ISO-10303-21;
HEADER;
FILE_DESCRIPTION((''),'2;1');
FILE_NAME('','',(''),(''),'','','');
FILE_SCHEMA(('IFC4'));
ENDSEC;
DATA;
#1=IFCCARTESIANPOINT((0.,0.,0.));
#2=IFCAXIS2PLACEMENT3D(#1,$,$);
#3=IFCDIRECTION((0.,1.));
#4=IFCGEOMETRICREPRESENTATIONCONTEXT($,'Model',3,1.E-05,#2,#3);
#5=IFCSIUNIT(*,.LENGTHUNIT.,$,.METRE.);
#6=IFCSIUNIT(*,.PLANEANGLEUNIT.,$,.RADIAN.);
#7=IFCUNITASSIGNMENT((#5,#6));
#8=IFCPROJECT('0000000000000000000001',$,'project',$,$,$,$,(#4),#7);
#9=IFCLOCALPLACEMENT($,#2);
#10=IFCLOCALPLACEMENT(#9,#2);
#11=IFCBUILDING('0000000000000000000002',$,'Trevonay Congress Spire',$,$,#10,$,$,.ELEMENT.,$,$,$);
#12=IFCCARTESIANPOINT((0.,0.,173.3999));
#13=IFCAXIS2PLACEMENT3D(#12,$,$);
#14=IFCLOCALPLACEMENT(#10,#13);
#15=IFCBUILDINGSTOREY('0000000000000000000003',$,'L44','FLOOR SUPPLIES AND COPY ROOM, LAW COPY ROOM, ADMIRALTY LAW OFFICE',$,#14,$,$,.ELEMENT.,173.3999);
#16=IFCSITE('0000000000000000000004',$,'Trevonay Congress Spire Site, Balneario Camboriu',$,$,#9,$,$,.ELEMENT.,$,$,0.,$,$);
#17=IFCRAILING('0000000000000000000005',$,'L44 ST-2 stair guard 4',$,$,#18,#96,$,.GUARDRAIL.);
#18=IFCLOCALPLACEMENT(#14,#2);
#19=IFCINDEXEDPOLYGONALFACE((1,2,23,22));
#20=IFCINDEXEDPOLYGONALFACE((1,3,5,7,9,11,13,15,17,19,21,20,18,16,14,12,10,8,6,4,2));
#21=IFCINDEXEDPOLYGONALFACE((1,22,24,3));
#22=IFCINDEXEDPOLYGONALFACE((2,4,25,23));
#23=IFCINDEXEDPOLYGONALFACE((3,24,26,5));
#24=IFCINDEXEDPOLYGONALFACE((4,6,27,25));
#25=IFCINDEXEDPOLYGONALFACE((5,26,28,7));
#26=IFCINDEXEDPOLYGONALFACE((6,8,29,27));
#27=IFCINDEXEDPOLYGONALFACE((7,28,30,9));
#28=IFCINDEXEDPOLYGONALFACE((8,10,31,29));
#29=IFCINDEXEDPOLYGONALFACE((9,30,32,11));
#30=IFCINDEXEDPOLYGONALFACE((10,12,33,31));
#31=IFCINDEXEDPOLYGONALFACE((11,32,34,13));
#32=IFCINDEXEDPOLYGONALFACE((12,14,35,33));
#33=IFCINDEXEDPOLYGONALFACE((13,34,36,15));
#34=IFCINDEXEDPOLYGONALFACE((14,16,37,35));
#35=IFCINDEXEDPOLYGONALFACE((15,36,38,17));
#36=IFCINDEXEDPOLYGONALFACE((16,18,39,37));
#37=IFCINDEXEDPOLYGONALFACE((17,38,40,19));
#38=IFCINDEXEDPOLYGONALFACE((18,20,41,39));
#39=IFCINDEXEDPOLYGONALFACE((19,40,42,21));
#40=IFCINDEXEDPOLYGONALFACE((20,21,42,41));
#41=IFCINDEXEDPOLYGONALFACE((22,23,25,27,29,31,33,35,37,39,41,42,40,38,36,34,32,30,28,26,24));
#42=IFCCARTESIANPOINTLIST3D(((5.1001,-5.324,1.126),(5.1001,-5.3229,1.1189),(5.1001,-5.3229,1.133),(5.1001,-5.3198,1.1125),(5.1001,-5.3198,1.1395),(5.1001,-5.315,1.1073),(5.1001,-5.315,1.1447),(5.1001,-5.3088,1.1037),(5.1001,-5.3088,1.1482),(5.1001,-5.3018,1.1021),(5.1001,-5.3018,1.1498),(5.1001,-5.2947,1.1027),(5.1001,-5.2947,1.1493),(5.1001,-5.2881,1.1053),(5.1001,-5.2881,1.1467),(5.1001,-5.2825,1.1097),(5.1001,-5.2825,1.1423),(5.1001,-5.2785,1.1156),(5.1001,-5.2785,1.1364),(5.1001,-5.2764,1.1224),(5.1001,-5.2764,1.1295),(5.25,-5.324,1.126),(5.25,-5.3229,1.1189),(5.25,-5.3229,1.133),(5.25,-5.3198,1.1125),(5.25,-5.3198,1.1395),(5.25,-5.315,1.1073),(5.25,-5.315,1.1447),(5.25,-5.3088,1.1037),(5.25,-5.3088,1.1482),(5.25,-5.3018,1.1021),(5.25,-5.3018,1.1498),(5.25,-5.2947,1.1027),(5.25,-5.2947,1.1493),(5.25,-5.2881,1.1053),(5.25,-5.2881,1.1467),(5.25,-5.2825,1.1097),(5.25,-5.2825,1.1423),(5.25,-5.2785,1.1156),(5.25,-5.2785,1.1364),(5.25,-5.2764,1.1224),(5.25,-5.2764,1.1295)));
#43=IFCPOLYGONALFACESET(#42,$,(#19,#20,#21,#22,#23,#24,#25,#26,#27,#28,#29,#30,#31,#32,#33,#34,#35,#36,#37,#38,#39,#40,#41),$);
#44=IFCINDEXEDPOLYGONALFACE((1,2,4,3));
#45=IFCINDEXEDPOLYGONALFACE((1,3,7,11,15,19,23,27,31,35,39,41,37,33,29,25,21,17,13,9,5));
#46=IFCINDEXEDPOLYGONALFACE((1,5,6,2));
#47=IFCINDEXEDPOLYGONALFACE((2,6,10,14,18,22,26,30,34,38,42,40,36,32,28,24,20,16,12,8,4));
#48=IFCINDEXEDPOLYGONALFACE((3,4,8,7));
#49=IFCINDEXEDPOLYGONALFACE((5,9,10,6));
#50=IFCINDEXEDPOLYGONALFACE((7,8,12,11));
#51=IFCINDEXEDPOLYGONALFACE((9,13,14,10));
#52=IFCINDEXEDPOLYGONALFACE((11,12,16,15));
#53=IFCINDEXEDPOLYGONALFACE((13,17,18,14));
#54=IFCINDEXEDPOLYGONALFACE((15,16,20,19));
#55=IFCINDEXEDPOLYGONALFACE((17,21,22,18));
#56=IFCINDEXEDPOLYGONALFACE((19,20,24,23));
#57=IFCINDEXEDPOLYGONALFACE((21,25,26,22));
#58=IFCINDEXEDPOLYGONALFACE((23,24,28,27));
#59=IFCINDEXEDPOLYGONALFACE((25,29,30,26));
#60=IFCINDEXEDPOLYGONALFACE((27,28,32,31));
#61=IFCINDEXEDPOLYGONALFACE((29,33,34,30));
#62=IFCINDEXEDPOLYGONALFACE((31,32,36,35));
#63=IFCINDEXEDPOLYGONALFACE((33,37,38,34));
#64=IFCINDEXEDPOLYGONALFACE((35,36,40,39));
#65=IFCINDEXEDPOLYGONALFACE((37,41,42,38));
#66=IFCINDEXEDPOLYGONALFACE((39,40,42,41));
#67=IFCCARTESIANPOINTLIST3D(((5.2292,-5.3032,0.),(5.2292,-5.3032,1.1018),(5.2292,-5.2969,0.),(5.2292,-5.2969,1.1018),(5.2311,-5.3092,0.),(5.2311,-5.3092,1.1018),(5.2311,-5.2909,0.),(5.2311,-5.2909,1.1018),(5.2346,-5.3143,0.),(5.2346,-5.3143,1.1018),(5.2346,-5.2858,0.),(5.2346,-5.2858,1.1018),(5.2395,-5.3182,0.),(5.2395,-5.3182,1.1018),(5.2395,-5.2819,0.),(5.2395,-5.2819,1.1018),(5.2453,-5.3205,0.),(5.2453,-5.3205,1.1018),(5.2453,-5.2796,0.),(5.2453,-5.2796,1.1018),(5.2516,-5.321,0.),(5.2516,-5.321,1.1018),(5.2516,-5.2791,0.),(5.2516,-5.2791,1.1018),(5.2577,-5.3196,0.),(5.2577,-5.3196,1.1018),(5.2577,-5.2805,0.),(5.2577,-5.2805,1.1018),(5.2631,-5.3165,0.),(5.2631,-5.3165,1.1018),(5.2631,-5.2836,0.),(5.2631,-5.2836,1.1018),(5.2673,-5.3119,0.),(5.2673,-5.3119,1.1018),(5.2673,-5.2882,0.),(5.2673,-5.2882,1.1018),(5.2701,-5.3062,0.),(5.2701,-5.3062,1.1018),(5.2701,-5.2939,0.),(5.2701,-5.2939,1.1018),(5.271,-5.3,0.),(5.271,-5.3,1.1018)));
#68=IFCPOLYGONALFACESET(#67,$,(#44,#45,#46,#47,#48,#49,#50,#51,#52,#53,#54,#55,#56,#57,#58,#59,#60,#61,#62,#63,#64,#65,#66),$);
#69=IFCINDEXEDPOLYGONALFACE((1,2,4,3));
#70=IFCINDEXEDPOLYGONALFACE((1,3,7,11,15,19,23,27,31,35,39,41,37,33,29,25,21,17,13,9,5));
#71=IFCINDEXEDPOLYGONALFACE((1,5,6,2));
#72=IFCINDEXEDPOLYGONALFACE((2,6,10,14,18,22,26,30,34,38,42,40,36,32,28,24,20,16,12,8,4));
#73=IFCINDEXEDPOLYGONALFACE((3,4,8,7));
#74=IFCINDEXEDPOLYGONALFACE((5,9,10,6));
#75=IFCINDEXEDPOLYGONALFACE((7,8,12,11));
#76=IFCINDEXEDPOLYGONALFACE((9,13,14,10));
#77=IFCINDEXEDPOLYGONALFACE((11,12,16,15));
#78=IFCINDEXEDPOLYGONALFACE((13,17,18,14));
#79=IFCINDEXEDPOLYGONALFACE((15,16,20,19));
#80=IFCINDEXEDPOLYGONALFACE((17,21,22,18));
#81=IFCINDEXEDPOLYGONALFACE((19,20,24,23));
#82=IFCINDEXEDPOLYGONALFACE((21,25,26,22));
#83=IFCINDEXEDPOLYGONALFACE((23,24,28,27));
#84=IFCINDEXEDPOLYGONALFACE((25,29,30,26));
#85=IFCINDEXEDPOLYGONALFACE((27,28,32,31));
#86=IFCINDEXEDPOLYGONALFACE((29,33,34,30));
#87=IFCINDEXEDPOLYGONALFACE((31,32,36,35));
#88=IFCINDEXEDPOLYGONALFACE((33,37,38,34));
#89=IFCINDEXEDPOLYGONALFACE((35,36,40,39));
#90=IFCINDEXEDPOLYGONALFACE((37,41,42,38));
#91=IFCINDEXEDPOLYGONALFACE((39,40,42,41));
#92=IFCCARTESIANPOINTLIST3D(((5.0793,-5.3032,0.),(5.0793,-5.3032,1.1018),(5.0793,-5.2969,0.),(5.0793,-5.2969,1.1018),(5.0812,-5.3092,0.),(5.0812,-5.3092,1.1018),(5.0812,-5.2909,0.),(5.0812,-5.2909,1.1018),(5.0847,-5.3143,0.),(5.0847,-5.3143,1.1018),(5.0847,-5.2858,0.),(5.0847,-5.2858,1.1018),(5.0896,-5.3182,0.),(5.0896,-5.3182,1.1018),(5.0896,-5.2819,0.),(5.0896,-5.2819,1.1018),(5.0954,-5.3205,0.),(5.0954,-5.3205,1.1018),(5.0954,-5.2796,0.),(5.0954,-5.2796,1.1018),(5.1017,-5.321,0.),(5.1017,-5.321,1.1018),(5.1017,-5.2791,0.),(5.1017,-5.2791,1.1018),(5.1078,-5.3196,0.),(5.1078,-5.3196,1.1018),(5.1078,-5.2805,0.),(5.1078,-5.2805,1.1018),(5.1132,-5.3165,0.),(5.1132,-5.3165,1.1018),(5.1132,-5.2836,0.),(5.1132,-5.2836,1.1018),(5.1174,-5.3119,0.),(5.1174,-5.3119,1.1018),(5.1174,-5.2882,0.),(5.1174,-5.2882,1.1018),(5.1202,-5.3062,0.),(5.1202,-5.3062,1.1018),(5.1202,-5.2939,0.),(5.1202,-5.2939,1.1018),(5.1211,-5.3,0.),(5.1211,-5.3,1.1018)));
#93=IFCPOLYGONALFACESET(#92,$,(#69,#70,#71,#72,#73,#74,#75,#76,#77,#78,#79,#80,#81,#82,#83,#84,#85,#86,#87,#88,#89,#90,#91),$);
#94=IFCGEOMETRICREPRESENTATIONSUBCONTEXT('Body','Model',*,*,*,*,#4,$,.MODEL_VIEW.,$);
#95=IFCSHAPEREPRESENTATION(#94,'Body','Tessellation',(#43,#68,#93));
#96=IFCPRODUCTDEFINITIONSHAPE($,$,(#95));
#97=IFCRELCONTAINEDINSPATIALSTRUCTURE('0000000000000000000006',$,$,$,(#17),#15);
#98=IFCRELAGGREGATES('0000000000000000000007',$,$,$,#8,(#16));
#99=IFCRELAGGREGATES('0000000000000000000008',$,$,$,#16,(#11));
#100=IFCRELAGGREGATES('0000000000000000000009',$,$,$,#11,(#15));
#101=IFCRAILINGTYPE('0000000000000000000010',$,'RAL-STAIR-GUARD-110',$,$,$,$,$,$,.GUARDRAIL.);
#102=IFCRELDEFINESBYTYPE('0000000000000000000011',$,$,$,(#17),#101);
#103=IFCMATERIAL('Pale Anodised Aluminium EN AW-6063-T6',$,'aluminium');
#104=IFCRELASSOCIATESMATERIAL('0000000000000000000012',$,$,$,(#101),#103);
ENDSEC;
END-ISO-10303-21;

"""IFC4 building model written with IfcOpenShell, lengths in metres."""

from ifc_helpers import new_model, si_unit, direction, frame, origin, origin_2d, place, context, subcontext, project, spatial, circle, extrude, material, type_object, element, save


model = new_model("IFC4")

# Units and contexts
model_context = context("Model", 3, precision=1e-05, world=origin(), true_north=direction((0.0, 1.0)))
body_context = subcontext(model_context, "Body", "Model", "MODEL_VIEW")
ifc_project = project(units=[si_unit("LENGTHUNIT", "METRE"), si_unit("PLANEANGLEUNIT", "RADIAN")], contexts=[model_context])

# Site, building, storey
site_placement = place(None, origin())
site = spatial("IfcSite", under=ifc_project, at=site_placement, Name="Trevonay Congress Spire Site, Balneario Camboriu", CompositionType="ELEMENT", RefElevation=0.0)
building_placement = place(site_placement, origin())
building = spatial("IfcBuilding", under=site, at=building_placement, Name="Trevonay Congress Spire", CompositionType="ELEMENT")
storey_placement = place(building_placement, frame((0.0, 0.0, 173.3999)))
storey = spatial("IfcBuildingStorey", under=building, at=storey_placement, Name="L44", Description="FLOOR SUPPLIES AND COPY ROOM, LAW COPY ROOM, ADMIRALTY LAW OFFICE", CompositionType="ELEMENT", Elevation=173.3999)

# Railing
ifc_material_1 = material(Name="Pale Anodised Aluminium EN AW-6063-T6", Category="aluminium")
railing_type_1 = type_object("IfcRailingType", Name="RAL-STAIR-GUARD-110", PredefinedType="GUARDRAIL", material=ifc_material_1)
railing_1_placement = place(storey_placement, frame((5.25, -5.3, 0.0)))
element("IfcRailing", 1, at=railing_1_placement, inside=storey, type_object=railing_type_1, Name="L44 ST-2 stair guard 4", PredefinedType="GUARDRAIL", context=body_context, shape_type="SweptSolid", body=[
    extrude(circle(Radius=0.0239, at=origin_2d()), frame((0.0, 0.0, 1.126), z_axis=(-1.0, 0.0, 0.0), x_axis=(0.0, -1.0, 0.0)), (0.0, 0.0, 1.0), 0.1499),
    extrude(circle(Radius=0.021, at=origin_2d()), origin(), (0.0, 0.0, 1.0), 1.1018),
    extrude(circle(Radius=0.021, at=origin_2d()), frame((-0.1499, 0.0, 0.0)), (0.0, 0.0, 1.0), 1.1018),
])

save(model, "model.ifc")
